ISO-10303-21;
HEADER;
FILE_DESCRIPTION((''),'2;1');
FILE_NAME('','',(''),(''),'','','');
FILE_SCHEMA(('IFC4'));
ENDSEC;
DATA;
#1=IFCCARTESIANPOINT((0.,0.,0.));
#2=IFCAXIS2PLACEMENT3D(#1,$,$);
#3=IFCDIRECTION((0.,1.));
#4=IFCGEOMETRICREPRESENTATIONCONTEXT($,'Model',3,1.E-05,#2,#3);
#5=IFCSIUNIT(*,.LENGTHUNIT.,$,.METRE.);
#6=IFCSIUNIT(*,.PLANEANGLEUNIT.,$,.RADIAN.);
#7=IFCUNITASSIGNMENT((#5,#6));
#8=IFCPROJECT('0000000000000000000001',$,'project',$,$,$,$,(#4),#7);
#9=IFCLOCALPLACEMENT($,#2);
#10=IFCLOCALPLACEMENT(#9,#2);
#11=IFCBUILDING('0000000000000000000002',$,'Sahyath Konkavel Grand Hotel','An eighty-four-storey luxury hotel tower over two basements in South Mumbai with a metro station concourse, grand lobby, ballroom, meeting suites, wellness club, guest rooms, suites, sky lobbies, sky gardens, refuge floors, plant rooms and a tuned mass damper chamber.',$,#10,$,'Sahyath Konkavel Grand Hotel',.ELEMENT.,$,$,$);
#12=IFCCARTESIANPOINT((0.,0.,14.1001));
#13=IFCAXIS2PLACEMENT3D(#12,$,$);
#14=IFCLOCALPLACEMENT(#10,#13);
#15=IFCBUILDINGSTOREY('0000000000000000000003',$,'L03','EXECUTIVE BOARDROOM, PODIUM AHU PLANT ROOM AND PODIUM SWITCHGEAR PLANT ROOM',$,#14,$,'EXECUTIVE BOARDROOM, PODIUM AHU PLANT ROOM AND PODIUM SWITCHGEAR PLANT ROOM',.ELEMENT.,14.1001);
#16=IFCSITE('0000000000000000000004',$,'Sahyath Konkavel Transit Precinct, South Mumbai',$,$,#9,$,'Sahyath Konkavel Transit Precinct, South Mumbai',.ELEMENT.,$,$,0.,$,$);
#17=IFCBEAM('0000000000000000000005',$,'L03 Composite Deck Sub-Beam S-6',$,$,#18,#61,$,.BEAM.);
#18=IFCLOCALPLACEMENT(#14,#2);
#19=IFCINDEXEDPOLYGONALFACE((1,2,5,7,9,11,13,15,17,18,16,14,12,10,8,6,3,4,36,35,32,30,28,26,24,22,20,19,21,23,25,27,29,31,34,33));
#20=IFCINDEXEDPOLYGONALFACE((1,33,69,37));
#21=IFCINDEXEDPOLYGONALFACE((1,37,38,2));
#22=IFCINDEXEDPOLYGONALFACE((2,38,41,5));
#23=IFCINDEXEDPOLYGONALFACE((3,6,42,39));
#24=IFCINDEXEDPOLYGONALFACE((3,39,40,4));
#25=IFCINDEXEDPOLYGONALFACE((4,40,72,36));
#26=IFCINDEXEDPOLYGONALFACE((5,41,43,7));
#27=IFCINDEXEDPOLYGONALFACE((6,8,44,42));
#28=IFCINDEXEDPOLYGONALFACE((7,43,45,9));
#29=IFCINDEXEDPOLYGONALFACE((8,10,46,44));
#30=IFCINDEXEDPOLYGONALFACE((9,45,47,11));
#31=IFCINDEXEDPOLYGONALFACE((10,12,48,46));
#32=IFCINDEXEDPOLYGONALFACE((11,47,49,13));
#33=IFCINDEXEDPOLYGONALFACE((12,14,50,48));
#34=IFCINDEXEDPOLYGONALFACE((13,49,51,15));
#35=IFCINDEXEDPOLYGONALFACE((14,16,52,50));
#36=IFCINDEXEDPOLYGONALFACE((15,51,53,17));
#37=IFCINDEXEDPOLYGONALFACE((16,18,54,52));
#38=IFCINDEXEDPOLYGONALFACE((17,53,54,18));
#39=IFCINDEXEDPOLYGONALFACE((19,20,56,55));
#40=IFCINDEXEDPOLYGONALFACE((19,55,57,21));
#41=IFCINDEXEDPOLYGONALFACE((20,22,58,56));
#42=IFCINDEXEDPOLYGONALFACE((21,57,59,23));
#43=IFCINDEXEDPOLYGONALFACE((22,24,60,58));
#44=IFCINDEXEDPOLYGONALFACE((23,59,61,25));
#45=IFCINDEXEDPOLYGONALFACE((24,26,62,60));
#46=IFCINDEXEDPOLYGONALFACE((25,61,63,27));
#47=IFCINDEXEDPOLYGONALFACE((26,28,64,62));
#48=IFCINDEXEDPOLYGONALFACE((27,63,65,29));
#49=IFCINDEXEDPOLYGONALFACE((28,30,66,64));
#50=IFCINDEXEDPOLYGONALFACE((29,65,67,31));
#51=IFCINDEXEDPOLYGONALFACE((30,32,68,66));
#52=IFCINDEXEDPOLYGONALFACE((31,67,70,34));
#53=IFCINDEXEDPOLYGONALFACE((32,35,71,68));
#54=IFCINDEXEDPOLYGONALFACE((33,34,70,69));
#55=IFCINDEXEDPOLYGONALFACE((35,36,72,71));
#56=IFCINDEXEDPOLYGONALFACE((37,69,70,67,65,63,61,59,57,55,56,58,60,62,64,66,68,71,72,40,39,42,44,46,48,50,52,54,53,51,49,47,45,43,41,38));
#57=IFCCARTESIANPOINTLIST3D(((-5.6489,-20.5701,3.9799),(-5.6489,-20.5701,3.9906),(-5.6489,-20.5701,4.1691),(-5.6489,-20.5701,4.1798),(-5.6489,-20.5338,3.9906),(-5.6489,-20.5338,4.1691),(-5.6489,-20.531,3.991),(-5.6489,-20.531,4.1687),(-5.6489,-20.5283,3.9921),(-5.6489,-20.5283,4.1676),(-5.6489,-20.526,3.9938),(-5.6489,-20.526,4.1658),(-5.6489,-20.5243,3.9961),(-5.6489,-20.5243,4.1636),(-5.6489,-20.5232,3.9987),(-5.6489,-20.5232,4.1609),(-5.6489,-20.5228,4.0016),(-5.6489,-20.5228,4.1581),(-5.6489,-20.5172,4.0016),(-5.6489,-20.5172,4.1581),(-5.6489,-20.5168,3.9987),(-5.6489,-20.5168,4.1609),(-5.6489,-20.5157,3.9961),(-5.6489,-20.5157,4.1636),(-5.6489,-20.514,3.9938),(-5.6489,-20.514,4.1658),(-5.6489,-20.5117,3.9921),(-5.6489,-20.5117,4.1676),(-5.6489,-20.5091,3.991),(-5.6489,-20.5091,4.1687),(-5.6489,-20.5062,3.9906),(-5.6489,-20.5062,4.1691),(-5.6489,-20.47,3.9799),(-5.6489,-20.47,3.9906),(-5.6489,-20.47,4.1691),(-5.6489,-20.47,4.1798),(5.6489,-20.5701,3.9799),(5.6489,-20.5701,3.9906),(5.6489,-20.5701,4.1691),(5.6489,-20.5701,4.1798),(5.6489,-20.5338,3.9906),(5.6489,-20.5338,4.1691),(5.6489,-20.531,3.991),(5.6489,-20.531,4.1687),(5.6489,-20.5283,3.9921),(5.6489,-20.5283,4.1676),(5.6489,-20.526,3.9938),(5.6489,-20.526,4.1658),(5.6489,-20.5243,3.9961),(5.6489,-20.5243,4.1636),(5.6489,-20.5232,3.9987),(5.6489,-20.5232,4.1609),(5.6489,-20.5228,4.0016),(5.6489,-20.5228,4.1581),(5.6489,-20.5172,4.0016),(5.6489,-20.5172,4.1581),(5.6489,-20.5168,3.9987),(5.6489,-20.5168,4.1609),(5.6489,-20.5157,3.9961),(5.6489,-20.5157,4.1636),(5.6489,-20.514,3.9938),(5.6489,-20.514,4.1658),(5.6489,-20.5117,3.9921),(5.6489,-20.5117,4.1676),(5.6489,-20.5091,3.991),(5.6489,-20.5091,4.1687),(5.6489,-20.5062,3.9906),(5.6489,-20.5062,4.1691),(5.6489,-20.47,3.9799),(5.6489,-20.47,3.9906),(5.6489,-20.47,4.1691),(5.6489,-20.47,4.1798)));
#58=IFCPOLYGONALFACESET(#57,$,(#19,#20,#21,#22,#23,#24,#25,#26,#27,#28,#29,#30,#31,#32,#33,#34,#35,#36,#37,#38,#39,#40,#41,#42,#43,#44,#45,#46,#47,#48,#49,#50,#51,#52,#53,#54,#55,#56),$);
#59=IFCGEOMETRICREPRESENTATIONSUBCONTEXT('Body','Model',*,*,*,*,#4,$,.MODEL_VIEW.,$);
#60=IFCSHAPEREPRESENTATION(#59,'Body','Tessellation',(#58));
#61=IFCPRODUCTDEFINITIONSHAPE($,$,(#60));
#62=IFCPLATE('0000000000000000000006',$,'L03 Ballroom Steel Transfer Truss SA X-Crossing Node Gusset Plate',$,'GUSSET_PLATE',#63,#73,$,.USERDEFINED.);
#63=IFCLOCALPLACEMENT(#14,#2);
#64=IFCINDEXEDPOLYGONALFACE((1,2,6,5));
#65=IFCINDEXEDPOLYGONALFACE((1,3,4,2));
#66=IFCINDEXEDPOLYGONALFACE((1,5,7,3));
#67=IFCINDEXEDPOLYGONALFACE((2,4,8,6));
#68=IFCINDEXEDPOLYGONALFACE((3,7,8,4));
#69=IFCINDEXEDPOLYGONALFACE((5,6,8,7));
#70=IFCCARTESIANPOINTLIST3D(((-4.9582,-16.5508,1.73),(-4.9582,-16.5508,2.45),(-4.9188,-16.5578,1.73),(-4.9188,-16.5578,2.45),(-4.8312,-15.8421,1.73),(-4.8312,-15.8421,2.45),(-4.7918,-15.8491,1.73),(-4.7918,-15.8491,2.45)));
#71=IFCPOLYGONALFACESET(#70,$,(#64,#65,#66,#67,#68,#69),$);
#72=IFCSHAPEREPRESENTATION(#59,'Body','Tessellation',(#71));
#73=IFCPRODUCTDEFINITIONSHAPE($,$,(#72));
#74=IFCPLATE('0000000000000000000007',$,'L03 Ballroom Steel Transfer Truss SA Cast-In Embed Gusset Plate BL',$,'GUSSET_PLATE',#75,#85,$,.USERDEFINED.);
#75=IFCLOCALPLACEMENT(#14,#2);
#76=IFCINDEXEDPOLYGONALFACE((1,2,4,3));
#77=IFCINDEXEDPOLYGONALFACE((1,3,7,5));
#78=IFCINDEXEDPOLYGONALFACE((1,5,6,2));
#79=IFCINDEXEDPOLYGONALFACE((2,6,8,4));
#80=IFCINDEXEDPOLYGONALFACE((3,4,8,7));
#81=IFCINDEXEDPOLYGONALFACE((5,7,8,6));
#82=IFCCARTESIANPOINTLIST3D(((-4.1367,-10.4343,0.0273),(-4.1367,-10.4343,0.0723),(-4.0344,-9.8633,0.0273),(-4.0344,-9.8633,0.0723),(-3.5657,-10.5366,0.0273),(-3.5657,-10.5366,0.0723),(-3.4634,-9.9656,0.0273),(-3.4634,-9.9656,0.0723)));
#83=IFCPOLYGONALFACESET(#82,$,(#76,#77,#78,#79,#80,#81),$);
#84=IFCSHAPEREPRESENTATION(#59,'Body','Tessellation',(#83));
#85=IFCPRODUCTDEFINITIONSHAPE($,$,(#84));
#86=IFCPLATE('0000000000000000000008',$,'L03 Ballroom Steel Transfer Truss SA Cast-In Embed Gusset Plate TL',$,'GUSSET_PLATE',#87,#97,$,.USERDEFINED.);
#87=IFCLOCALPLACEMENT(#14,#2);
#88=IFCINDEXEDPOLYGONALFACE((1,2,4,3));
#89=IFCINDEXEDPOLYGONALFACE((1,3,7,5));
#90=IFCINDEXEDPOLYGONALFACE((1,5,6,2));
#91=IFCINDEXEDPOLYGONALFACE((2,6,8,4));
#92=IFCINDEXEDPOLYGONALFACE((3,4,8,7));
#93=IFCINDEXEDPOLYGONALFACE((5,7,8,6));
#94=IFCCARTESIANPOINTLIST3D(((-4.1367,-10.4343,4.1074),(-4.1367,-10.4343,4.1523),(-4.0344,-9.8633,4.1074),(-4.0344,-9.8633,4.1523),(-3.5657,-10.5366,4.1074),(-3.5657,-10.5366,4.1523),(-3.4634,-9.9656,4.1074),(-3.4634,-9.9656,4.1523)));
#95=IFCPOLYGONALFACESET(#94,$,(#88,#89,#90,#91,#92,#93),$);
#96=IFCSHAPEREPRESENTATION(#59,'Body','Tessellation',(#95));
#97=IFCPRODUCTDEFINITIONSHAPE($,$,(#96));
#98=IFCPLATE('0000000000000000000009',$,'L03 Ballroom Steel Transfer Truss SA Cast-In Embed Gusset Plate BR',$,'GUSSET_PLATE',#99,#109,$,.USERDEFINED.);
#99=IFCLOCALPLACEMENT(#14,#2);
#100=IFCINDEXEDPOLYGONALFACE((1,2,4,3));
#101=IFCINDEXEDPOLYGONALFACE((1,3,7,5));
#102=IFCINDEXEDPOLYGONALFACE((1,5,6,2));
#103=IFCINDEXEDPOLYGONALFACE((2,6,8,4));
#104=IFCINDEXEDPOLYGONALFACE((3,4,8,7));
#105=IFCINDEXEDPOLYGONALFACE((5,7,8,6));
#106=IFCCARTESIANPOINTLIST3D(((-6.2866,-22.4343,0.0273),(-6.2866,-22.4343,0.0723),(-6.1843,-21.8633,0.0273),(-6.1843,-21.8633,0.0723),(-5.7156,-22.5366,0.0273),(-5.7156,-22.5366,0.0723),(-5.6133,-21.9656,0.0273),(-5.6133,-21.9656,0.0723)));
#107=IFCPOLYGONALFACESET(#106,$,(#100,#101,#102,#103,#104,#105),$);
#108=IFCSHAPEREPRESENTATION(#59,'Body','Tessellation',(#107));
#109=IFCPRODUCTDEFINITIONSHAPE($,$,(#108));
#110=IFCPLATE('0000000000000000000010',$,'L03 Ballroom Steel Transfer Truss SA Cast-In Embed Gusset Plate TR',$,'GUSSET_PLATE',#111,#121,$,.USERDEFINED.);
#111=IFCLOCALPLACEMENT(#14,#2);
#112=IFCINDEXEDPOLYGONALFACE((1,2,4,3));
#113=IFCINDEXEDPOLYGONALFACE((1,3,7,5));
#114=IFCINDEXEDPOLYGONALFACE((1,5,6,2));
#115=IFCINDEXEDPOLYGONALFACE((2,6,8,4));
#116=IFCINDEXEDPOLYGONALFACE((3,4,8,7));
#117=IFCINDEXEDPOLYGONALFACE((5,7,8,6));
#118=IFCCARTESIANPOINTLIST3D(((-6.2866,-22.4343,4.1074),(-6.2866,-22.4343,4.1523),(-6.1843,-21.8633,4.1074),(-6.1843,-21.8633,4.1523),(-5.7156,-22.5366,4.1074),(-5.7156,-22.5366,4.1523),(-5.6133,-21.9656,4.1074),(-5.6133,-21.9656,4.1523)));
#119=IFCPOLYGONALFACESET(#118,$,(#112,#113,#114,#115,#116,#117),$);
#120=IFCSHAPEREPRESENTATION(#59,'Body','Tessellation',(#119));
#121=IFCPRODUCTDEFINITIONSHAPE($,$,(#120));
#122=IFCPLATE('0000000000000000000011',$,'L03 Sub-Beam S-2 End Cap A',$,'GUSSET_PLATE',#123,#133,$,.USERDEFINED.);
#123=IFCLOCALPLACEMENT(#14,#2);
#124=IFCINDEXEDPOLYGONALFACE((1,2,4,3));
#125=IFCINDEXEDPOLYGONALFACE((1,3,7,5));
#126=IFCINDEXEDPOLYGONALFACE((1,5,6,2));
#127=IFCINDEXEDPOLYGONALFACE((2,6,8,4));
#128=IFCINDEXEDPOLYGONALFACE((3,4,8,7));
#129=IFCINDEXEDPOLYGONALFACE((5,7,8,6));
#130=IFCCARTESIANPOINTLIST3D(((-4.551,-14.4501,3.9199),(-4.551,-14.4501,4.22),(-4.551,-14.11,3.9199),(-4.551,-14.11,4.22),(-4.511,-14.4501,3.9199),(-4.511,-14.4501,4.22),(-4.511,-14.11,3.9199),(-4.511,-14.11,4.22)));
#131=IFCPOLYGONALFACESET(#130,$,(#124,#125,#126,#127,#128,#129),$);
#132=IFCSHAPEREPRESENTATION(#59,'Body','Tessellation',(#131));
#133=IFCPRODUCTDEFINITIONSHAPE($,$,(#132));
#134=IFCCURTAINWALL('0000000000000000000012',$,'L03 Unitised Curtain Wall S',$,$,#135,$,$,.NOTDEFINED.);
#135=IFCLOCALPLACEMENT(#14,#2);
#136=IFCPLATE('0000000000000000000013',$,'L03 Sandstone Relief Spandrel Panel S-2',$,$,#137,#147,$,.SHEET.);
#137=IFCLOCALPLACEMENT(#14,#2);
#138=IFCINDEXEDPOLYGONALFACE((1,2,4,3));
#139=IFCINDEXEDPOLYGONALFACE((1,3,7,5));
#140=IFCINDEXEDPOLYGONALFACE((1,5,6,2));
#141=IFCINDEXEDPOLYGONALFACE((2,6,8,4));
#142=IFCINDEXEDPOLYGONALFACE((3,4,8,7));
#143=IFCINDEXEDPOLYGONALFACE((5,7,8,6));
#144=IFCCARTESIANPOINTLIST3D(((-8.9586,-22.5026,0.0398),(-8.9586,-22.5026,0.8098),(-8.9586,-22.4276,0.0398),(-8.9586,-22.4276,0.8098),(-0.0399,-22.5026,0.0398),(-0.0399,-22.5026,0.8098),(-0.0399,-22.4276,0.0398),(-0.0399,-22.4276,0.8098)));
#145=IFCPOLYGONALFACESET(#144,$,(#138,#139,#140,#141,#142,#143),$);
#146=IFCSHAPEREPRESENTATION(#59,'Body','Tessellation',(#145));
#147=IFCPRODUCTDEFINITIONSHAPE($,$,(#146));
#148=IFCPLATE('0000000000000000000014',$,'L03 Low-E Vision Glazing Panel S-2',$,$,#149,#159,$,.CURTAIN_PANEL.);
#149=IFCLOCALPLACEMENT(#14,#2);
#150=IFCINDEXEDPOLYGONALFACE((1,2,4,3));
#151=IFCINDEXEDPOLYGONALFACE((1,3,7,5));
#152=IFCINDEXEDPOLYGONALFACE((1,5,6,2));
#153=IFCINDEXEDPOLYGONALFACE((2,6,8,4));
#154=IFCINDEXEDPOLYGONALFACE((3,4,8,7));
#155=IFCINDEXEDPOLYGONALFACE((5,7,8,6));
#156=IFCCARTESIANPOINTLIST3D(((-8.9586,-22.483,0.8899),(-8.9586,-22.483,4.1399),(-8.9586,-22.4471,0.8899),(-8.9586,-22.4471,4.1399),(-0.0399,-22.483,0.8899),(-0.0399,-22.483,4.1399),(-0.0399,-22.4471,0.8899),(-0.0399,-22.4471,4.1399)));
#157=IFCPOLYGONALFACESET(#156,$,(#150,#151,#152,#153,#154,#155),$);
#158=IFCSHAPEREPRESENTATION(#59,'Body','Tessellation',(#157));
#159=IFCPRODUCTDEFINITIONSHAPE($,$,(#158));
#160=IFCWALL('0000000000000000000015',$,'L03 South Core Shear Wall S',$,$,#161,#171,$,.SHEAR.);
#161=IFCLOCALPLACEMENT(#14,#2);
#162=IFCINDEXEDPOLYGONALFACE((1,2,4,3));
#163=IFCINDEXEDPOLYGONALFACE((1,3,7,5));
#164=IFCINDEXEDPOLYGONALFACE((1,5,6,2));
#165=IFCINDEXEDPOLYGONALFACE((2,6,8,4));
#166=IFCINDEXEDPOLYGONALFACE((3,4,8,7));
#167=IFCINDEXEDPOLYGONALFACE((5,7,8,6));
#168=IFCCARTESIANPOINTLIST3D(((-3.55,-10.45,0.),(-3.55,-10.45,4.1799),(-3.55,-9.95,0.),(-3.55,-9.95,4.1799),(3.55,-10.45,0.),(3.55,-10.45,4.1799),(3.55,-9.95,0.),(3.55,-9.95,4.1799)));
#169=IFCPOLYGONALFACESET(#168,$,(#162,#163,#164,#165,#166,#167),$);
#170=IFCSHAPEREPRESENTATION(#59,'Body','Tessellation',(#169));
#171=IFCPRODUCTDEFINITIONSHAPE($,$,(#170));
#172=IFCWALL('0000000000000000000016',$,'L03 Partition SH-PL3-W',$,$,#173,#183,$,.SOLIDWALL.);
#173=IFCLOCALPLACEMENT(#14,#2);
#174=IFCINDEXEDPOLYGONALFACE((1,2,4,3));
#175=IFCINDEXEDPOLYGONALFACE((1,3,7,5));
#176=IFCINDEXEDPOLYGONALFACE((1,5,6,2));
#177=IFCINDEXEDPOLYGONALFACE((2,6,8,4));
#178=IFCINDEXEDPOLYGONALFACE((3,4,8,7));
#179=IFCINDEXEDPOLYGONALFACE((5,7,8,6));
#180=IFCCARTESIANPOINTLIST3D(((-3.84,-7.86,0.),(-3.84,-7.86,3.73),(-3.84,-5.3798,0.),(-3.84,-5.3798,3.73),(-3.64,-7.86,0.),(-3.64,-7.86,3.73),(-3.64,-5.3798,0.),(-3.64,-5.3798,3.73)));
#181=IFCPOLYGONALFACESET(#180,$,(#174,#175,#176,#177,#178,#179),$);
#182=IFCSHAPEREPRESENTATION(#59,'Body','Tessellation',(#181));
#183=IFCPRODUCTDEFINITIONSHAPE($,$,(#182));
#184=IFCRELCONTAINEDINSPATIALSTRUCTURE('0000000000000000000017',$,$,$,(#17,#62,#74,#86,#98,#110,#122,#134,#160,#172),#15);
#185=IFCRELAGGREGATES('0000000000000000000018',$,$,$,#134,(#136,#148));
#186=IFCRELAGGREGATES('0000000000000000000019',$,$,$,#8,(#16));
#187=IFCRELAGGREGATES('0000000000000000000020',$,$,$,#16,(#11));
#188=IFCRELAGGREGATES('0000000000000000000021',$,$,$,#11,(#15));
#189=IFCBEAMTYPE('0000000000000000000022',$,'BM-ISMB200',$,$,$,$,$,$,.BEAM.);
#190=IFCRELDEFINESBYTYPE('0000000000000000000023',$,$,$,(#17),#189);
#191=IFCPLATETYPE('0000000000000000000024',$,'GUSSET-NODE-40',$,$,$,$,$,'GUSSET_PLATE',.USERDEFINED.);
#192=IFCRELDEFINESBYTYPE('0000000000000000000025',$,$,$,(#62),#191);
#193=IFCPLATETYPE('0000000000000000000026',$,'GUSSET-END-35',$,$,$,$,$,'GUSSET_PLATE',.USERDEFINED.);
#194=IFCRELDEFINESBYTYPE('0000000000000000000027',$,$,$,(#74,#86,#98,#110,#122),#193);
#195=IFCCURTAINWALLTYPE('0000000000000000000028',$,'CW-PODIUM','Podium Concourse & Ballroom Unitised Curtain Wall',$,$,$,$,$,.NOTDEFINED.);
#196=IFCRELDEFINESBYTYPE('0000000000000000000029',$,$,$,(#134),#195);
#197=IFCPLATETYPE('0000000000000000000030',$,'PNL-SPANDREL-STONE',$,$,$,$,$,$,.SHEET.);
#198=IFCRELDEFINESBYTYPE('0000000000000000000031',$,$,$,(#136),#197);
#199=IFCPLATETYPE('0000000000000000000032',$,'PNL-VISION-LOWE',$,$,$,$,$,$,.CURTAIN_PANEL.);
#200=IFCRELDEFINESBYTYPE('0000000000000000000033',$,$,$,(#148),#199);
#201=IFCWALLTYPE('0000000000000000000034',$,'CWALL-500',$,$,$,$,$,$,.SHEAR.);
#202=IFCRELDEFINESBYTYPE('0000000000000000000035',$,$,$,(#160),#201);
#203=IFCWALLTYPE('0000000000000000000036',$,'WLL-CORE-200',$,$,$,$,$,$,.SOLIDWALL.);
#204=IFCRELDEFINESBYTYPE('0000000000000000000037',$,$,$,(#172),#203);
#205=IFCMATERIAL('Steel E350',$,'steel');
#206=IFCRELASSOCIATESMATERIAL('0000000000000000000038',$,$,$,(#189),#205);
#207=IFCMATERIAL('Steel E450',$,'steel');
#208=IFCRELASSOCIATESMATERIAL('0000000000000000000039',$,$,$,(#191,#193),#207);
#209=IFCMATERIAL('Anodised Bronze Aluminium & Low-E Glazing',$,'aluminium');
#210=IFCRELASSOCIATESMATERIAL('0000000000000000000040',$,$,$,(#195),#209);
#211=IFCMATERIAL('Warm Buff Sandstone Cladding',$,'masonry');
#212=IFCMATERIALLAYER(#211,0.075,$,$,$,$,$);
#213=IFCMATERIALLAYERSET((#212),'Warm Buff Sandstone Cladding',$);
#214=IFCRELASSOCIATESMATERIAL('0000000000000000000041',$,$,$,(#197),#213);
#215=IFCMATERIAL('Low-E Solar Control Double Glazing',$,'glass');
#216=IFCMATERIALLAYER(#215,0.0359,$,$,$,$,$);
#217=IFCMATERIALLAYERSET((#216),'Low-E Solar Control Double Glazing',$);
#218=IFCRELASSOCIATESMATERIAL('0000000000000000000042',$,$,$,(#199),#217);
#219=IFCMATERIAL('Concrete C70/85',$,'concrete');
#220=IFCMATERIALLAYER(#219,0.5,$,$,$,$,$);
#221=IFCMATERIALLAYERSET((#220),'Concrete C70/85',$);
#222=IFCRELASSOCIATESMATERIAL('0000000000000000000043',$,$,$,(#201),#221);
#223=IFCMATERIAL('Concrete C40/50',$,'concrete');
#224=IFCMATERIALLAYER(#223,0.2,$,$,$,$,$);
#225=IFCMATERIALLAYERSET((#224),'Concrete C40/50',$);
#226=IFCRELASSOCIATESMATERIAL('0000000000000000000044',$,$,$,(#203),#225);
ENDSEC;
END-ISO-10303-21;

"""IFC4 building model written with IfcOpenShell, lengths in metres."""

from ifc_helpers import new_model, si_unit, direction, frame, frame_2d, origin, origin_2d, place, context, subcontext, project, spatial, rectangle, i_section, extrude, source, transform, mapped, material, layer, layer_set, material_profile, profile_set, type_object, element, aggregate, save


model = new_model("IFC4")

# Units and contexts
model_context = context("Model", 3, precision=1e-05, world=origin(), true_north=direction((0.0, 1.0)))
body_context = subcontext(model_context, "Body", "Model", "MODEL_VIEW")
ifc_project = project(units=[si_unit("LENGTHUNIT", "METRE"), si_unit("PLANEANGLEUNIT", "RADIAN")], contexts=[model_context])

# Site, building, storey
site_placement = place(None, origin())
site = spatial("IfcSite", under=ifc_project, at=site_placement, Name="Sahyath Konkavel Transit Precinct, South Mumbai", LongName="Sahyath Konkavel Transit Precinct, South Mumbai", CompositionType="ELEMENT", RefElevation=0.0)
building_placement = place(site_placement, origin())
building = spatial("IfcBuilding", under=site, at=building_placement, Name="Sahyath Konkavel Grand Hotel", Description="An eighty-four-storey luxury hotel tower over two basements in South Mumbai with a metro station concourse, grand lobby, ballroom, meeting suites, wellness club, guest rooms, suites, sky lobbies, sky gardens, refuge floors, plant rooms and a tuned mass damper chamber.", LongName="Sahyath Konkavel Grand Hotel", CompositionType="ELEMENT")
storey_placement = place(building_placement, frame((0.0, 0.0, 14.1001)))
storey = spatial("IfcBuildingStorey", under=building, at=storey_placement, Name="L03", Description="EXECUTIVE BOARDROOM, PODIUM AHU PLANT ROOM AND PODIUM SWITCHGEAR PLANT ROOM", LongName="EXECUTIVE BOARDROOM, PODIUM AHU PLANT ROOM AND PODIUM SWITCHGEAR PLANT ROOM", CompositionType="ELEMENT", Elevation=14.1001)

# Shared definitions
ifc_material_1 = material(Name="Concrete C70/85", Category="concrete")

# Shared definitions
ifc_material_2 = material(Name="Steel E350", Category="steel")
ifc_material_3 = material(Name="Steel E450", Category="steel")

# Beam
ifc_material_profile_1 = material_profile(ifc_material_2, i_section(OverallWidth=0.1001, OverallDepth=0.2, WebThickness=0.0056, FlangeThickness=0.0107, FilletRadius=0.011, at=origin_2d()), Name="ISMB 200")
ifc_profile_set_1 = profile_set([ifc_material_profile_1], Name="Steel E350")
beam_type_1 = type_object("IfcBeamType", Name="BM-ISMB200", PredefinedType="BEAM", material=ifc_profile_set_1)
shared_shape_1 = source(origin(), body_context, "Body", "SweptSolid", [
    extrude(i_section(OverallWidth=0.1001, OverallDepth=0.2, WebThickness=0.0056, FlangeThickness=0.0107, FilletRadius=0.011, at=origin_2d()), origin(), (0.0, 0.0, 1.0), 11.2979),
])
beam_1_placement = place(storey_placement, frame((-5.6489, -20.52, 4.0798), z_axis=(1.0, 0.0, 0.0), x_axis=(0.0, 1.0, 0.0)))
element("IfcBeam", 1, at=beam_1_placement, inside=storey, type_object=beam_type_1, Name="L03 Composite Deck Sub-Beam S-6", PredefinedType="BEAM", context=body_context, shape_type="MappedRepresentation", body=[
    mapped(shared_shape_1, transform((0.0, 0.0, 0.0), scale=1.0)),
])

# Plates
plate_type_1 = type_object("IfcPlateType", Name="GUSSET-NODE-40", ElementType="GUSSET_PLATE", PredefinedType="USERDEFINED", material=ifc_material_3)
shared_shape_2 = source(origin(), body_context, "Body", "SweptSolid", [
    extrude(rectangle(XDim=0.72, YDim=0.04, at=origin_2d()), origin(), (0.0, 0.0, 1.0), 0.72),
])
plate_1_placement = place(storey_placement, frame((-4.875, -16.2, 1.73), z_axis=(0.0, 0.0, 1.0), x_axis=(-0.176363, -0.984325, 0.0)))
element("IfcPlate", 2, at=plate_1_placement, inside=storey, type_object=plate_type_1, Name="L03 Ballroom Steel Transfer Truss SA X-Crossing Node Gusset Plate", ObjectType="GUSSET_PLATE", PredefinedType="USERDEFINED", context=body_context, shape_type="MappedRepresentation", body=[
    mapped(shared_shape_2, transform((0.0, 0.0, 0.0), scale=1.0)),
])
plate_type_2 = type_object("IfcPlateType", Name="GUSSET-END-35", ElementType="GUSSET_PLATE", PredefinedType="USERDEFINED", material=ifc_material_3)
shared_shape_3 = source(origin(), body_context, "Body", "SweptSolid", [
    extrude(rectangle(XDim=0.5801, YDim=0.5801, at=origin_2d()), origin(), (0.0, 0.0, 1.0), 0.0449),
])
for number, where, z_axis, x_axis, name in (
    (3, (-3.8, -10.2, 0.0273), (0.0, 0.0, 1.0), (-0.176363, -0.984325, 0.0), "L03 Ballroom Steel Transfer Truss SA Cast-In Embed Gusset Plate BL"),
    (4, (-3.8, -10.2, 4.1074), (0.0, 0.0, 1.0), (-0.176363, -0.984325, 0.0), "L03 Ballroom Steel Transfer Truss SA Cast-In Embed Gusset Plate TL"),
    (5, (-5.95, -22.2, 0.0273), (0.0, 0.0, 1.0), (-0.176363, -0.984325, 0.0), "L03 Ballroom Steel Transfer Truss SA Cast-In Embed Gusset Plate BR"),
    (6, (-5.95, -22.2, 4.1074), (0.0, 0.0, 1.0), (-0.176363, -0.984325, 0.0), "L03 Ballroom Steel Transfer Truss SA Cast-In Embed Gusset Plate TR"),
):
    element("IfcPlate", number, at=place(storey_placement, frame(where, z_axis=z_axis, x_axis=x_axis)), inside=storey, type_object=plate_type_2, Name=name, ObjectType="GUSSET_PLATE", PredefinedType="USERDEFINED", context=body_context, shape_type="MappedRepresentation", body=[
        mapped(shared_shape_3, transform((0.0, 0.0, 0.0), scale=1.0)),
    ])
shared_shape_4 = source(origin(), body_context, "Body", "SweptSolid", [
    extrude(rectangle(XDim=0.04, YDim=0.3401, at=origin_2d()), origin(), (0.0, 0.0, 1.0), 0.3),
])
plate_2_placement = place(storey_placement, frame((-4.531, -14.28, 3.9199), z_axis=(0.0, 0.0, 1.0), x_axis=(1.0, 0.0, 0.0)))
element("IfcPlate", 7, at=plate_2_placement, inside=storey, type_object=plate_type_2, Name="L03 Sub-Beam S-2 End Cap A", ObjectType="GUSSET_PLATE", PredefinedType="USERDEFINED", context=body_context, shape_type="MappedRepresentation", body=[
    mapped(shared_shape_4, transform((0.0, 0.0, 0.0), scale=1.0)),
])

# Curtain wall, plates
ifc_material_4 = material(Name="Anodised Bronze Aluminium & Low-E Glazing", Category="aluminium")
curtain_wall_type = type_object("IfcCurtainWallType", Name="CW-PODIUM", Description="Podium Concourse & Ballroom Unitised Curtain Wall", PredefinedType="NOTDEFINED", material=ifc_material_4)
curtain_wall_placement = place(storey_placement, origin())
curtain_wall = element("IfcCurtainWall", 8, at=curtain_wall_placement, inside=storey, type_object=curtain_wall_type, Name="L03 Unitised Curtain Wall S", PredefinedType="NOTDEFINED")
ifc_material_5 = material(Name="Warm Buff Sandstone Cladding", Category="masonry")
ifc_layer_1 = layer(ifc_material_5, 0.075)
ifc_layer_set_1 = layer_set([ifc_layer_1], Name="Warm Buff Sandstone Cladding")
plate_type_3 = type_object("IfcPlateType", Name="PNL-SPANDREL-STONE", PredefinedType="SHEET", material=ifc_layer_set_1)
shared_shape_5 = source(origin(), body_context, "Body", "SweptSolid", [
    extrude(rectangle(XDim=8.9187, YDim=0.075, at=origin_2d()), origin(), (0.0, 0.0, 1.0), 0.77),
])
plate_3_placement = place(storey_placement, frame((-4.4993, -22.4651, 0.0398), z_axis=(0.0, 0.0, 1.0), x_axis=(1.0, 0.0, 0.0)))
plate_3 = element("IfcPlate", 9, at=plate_3_placement, type_object=plate_type_3, Name="L03 Sandstone Relief Spandrel Panel S-2", PredefinedType="SHEET", context=body_context, shape_type="MappedRepresentation", body=[
    mapped(shared_shape_5, transform((0.0, 0.0, 0.0), scale=1.0)),
])
ifc_material_6 = material(Name="Low-E Solar Control Double Glazing", Category="glass")
ifc_layer_2 = layer(ifc_material_6, 0.0359)
ifc_layer_set_2 = layer_set([ifc_layer_2], Name="Low-E Solar Control Double Glazing")
plate_type_4 = type_object("IfcPlateType", Name="PNL-VISION-LOWE", PredefinedType="CURTAIN_PANEL", material=ifc_layer_set_2)
shared_shape_6 = source(origin(), body_context, "Body", "SweptSolid", [
    extrude(rectangle(XDim=8.9187, YDim=0.0359, at=origin_2d()), origin(), (0.0, 0.0, 1.0), 3.25),
])
plate_4_placement = place(storey_placement, frame((-4.4993, -22.4651, 0.8899), z_axis=(0.0, 0.0, 1.0), x_axis=(1.0, 0.0, 0.0)))
plate_4 = element("IfcPlate", 10, at=plate_4_placement, type_object=plate_type_4, Name="L03 Low-E Vision Glazing Panel S-2", PredefinedType="CURTAIN_PANEL", context=body_context, shape_type="MappedRepresentation", body=[
    mapped(shared_shape_6, transform((0.0, 0.0, 0.0), scale=1.0)),
])
aggregate(curtain_wall, [plate_3, plate_4])

# Walls
ifc_layer_3 = layer(ifc_material_1, 0.5)
ifc_layer_set_3 = layer_set([ifc_layer_3], Name="Concrete C70/85")
wall_type_1 = type_object("IfcWallType", Name="CWALL-500", PredefinedType="SHEAR", material=ifc_layer_set_3)
wall_1_placement = place(storey_placement, frame((-3.55, -10.2, 0.0), z_axis=(0.0, 0.0, 1.0), x_axis=(1.0, 0.0, 0.0)))
element("IfcWall", 11, at=wall_1_placement, inside=storey, type_object=wall_type_1, Name="L03 South Core Shear Wall S", PredefinedType="SHEAR", context=body_context, shape_type="SweptSolid", body=[
    extrude(rectangle(XDim=7.1001, YDim=0.5, at=frame_2d((3.55, 0.0))), origin(), (0.0, 0.0, 1.0), 4.1799),
])
ifc_material_7 = material(Name="Concrete C40/50", Category="concrete")
ifc_layer_4 = layer(ifc_material_7, 0.2)
ifc_layer_set_4 = layer_set([ifc_layer_4], Name="Concrete C40/50")
wall_type_2 = type_object("IfcWallType", Name="WLL-CORE-200", PredefinedType="SOLIDWALL", material=ifc_layer_set_4)
wall_2_placement = place(storey_placement, frame((-3.74, -7.8601, 0.0), z_axis=(0.0, 0.0, 1.0), x_axis=(0.0, 1.0, 0.0)))
element("IfcWall", 12, at=wall_2_placement, inside=storey, type_object=wall_type_2, Name="L03 Partition SH-PL3-W", PredefinedType="SOLIDWALL", context=body_context, shape_type="SweptSolid", body=[
    extrude(rectangle(XDim=2.4802, YDim=0.2, at=frame_2d((1.2402, 0.0))), origin(), (0.0, 0.0, 1.0), 3.73),
])

save(model, "model.ifc")
